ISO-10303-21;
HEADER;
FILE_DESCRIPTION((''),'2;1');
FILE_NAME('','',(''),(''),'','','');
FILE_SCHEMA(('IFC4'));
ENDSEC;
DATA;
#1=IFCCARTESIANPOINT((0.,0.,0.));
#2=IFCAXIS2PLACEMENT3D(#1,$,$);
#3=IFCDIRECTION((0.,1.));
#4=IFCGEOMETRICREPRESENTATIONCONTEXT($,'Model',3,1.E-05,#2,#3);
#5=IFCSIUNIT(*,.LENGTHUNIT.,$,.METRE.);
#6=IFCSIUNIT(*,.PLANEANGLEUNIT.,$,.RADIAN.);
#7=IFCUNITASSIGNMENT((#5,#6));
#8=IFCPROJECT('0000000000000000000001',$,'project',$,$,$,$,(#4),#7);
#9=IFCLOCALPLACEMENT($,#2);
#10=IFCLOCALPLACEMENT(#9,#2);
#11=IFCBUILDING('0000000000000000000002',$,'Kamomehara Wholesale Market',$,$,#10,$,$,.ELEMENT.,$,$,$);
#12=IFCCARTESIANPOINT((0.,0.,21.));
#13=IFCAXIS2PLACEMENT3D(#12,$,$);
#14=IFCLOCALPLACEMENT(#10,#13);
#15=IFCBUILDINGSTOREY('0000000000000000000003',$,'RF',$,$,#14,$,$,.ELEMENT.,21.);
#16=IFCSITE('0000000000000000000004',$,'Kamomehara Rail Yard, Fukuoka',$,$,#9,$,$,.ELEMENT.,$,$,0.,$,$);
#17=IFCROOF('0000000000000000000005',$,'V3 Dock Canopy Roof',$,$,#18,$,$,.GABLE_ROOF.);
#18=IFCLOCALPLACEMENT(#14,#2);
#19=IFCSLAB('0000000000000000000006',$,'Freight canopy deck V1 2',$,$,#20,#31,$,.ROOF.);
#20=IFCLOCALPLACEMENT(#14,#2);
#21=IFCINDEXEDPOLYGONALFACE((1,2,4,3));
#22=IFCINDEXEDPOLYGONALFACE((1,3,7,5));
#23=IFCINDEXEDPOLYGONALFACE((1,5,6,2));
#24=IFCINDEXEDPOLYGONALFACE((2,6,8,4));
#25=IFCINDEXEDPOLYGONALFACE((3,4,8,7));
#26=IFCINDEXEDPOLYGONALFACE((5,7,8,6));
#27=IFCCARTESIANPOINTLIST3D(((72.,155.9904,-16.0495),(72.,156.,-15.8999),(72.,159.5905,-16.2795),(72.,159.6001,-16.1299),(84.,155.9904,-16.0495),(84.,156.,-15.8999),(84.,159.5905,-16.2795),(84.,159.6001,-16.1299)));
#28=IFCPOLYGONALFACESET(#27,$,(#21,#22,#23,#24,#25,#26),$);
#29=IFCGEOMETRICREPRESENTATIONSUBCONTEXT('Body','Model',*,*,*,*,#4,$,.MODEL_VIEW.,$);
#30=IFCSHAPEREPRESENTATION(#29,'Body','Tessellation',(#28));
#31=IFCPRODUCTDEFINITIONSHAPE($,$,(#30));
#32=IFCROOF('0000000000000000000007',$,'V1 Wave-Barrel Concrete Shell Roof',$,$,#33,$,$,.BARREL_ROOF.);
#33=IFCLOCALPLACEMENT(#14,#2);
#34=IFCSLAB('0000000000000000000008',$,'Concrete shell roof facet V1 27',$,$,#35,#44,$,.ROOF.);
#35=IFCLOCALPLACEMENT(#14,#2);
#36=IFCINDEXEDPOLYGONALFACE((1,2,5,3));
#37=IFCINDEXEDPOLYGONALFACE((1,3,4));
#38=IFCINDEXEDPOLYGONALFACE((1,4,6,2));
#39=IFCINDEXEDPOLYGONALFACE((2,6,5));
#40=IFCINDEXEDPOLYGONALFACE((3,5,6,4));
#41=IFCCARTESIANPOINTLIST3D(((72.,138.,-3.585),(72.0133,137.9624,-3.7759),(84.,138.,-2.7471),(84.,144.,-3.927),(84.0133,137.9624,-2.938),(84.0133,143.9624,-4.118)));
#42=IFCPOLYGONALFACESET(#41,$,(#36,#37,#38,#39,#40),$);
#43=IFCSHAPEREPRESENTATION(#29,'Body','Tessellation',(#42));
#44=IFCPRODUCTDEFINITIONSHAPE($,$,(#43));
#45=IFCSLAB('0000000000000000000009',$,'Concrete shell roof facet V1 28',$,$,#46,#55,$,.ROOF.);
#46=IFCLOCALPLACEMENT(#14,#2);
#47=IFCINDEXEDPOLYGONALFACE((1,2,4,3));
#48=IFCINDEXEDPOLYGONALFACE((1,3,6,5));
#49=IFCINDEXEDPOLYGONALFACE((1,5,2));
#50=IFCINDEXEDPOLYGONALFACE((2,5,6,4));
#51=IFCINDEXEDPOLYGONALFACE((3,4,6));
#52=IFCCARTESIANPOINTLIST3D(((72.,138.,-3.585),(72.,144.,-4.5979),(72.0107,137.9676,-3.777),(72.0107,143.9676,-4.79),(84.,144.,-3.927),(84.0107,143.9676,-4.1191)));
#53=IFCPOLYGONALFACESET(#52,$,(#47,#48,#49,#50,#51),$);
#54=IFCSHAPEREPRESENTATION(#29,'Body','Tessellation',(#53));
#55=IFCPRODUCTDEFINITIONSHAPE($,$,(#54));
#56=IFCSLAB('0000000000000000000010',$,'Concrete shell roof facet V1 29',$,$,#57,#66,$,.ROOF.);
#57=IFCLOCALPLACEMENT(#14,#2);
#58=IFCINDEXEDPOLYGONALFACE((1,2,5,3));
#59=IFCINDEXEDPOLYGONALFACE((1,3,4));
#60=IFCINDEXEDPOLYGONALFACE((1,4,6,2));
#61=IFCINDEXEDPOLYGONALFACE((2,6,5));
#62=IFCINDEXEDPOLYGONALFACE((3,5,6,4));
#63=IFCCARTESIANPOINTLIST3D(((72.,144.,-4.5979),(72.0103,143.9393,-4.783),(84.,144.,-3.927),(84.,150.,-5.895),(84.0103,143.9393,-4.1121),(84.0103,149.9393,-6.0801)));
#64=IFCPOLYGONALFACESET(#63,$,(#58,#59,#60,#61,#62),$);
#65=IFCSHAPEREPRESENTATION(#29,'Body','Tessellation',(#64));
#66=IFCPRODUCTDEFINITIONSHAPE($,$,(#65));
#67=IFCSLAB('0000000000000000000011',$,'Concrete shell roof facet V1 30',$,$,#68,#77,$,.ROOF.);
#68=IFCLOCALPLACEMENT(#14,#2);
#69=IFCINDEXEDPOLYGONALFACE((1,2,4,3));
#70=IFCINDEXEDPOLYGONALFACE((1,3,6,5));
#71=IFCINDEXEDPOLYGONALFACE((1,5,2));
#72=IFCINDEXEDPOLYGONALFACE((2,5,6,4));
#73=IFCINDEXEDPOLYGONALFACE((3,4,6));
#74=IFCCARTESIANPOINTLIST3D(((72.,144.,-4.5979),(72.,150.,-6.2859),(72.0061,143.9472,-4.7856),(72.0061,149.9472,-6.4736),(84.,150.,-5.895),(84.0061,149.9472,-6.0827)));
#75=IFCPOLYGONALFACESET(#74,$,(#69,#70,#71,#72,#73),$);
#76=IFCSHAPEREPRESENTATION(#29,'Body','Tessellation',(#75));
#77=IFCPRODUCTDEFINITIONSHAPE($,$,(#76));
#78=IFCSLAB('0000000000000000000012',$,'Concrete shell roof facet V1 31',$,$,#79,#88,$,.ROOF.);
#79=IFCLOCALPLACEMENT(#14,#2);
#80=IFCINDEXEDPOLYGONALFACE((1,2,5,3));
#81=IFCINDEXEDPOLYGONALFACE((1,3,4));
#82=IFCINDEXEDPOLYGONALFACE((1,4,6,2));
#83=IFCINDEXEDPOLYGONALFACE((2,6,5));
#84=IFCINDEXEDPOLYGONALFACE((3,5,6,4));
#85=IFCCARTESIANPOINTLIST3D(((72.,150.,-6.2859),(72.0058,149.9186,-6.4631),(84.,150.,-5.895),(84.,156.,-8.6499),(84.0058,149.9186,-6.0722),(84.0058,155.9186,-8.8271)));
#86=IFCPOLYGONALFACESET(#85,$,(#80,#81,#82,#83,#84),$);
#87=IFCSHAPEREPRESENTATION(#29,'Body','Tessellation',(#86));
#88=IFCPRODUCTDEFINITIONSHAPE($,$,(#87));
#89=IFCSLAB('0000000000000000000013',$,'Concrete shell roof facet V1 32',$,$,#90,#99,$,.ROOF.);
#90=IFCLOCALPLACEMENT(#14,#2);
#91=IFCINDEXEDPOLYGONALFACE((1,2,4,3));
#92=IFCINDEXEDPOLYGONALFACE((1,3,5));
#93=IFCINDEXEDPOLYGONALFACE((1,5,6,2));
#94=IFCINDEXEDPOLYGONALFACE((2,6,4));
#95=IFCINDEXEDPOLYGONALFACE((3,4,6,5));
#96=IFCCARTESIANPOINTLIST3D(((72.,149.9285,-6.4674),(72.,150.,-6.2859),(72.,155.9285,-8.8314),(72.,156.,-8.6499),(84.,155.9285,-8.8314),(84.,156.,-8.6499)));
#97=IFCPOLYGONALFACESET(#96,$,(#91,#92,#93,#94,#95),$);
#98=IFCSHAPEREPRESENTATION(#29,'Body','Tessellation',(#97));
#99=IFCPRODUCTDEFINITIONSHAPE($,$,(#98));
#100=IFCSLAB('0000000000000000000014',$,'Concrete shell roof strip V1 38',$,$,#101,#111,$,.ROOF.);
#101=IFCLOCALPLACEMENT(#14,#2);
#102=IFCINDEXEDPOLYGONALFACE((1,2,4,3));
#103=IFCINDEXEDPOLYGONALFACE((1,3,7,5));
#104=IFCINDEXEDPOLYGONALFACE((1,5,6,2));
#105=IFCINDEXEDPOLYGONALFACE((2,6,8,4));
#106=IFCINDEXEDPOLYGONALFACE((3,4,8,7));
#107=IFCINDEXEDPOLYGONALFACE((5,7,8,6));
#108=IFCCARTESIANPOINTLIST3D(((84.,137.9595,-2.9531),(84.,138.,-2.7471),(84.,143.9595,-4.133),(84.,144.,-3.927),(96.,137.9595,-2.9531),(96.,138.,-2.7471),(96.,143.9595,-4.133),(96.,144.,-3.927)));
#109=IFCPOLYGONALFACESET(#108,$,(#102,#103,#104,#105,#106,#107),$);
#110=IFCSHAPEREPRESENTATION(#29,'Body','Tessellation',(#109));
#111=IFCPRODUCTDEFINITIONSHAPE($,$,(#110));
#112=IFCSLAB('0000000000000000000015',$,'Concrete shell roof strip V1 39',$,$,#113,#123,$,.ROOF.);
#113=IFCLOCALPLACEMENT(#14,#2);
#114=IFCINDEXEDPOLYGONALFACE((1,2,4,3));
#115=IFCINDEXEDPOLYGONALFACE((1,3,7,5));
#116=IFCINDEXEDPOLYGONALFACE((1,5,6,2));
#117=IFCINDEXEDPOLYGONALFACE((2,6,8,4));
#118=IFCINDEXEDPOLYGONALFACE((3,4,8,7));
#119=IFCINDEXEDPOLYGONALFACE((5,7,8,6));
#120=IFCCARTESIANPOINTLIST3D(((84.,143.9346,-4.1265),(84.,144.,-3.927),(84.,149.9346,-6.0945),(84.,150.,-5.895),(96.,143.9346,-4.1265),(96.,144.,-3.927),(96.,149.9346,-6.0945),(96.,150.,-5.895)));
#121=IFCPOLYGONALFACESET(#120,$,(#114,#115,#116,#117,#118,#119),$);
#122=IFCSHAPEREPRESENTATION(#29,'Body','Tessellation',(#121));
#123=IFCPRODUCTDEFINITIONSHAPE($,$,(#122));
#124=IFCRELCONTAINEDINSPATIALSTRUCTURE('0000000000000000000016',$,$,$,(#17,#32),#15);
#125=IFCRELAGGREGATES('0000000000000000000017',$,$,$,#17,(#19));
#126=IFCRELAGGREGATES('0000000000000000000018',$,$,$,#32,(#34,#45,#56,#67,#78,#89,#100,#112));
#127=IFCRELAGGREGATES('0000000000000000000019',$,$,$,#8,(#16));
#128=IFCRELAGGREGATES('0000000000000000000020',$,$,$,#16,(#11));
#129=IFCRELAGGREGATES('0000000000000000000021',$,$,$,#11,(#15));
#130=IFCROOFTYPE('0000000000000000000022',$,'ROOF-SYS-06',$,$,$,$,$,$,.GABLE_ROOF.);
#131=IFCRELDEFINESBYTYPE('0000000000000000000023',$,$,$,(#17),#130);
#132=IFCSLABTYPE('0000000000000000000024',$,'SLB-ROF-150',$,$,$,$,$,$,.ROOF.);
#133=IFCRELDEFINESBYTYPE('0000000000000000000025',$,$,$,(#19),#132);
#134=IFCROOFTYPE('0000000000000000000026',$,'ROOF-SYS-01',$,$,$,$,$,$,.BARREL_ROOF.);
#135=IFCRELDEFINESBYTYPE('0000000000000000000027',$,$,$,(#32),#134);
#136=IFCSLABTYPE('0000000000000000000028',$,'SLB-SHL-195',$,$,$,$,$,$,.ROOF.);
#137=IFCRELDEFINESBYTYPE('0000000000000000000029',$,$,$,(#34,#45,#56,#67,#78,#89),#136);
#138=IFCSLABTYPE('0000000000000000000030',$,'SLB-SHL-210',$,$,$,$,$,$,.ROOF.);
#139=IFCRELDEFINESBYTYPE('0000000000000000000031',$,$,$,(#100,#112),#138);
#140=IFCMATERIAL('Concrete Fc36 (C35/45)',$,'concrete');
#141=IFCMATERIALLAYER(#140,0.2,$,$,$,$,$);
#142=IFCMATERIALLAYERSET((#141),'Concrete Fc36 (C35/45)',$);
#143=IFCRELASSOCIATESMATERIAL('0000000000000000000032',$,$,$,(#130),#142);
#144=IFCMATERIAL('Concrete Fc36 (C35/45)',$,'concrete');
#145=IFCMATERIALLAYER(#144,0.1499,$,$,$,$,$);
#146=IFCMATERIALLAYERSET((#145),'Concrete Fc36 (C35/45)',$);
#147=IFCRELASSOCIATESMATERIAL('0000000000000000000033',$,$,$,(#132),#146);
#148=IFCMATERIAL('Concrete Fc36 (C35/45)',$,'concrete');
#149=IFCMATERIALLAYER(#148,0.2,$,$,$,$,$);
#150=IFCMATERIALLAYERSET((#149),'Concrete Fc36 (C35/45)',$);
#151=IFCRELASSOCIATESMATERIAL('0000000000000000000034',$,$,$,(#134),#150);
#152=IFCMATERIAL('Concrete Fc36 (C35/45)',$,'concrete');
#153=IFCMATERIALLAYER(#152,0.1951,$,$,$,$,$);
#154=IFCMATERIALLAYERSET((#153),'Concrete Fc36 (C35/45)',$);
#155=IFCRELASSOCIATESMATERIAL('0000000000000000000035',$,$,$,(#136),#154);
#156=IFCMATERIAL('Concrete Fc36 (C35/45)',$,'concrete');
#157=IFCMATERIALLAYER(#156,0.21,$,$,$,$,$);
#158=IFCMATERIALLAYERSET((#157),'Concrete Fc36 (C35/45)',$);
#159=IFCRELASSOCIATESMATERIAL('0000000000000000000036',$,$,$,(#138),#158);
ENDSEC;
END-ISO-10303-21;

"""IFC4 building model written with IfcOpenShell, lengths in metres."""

from ifc_helpers import new_model, si_unit, direction, frame, origin, place, context, subcontext, project, spatial, polyline, outline, extrude, material, layer, layer_set, type_object, element, aggregate, save


model = new_model("IFC4")

# Units and contexts
model_context = context("Model", 3, precision=1e-05, world=origin(), true_north=direction((0.0, 1.0)))
body_context = subcontext(model_context, "Body", "Model", "MODEL_VIEW")
ifc_project = project(units=[si_unit("LENGTHUNIT", "METRE"), si_unit("PLANEANGLEUNIT", "RADIAN")], contexts=[model_context])

# Site, building, storey
site_placement = place(None, origin())
site = spatial("IfcSite", under=ifc_project, at=site_placement, Name="Kamomehara Rail Yard, Fukuoka", CompositionType="ELEMENT", RefElevation=0.0)
building_placement = place(site_placement, origin())
building = spatial("IfcBuilding", under=site, at=building_placement, Name="Kamomehara Wholesale Market", CompositionType="ELEMENT")
storey_placement = place(building_placement, frame((0.0, 0.0, 21.0)))
storey = spatial("IfcBuildingStorey", under=building, at=storey_placement, Name="RF", CompositionType="ELEMENT", Elevation=21.0)

# Roof, slab
ifc_material_1 = material(Name="Concrete Fc36 (C35/45)", Category="concrete")
ifc_layer_1 = layer(ifc_material_1, 0.2)
ifc_layer_set_1 = layer_set([ifc_layer_1], Name="Concrete Fc36 (C35/45)")
roof_type_1 = type_object("IfcRoofType", Name="ROOF-SYS-06", PredefinedType="GABLE_ROOF", material=ifc_layer_set_1)
roof_1_placement = place(storey_placement, origin())
roof_1 = element("IfcRoof", 1, at=roof_1_placement, inside=storey, type_object=roof_type_1, Name="V3 Dock Canopy Roof", PredefinedType="GABLE_ROOF")
ifc_material_2 = material(Name="Concrete Fc36 (C35/45)", Category="concrete")
ifc_layer_2 = layer(ifc_material_2, 0.1499)
ifc_layer_set_2 = layer_set([ifc_layer_2], Name="Concrete Fc36 (C35/45)")
slab_type_1 = type_object("IfcSlabType", Name="SLB-ROF-150", PredefinedType="ROOF", material=ifc_layer_set_2)
slab_1_placement = place(storey_placement, frame((72.0, 156.0, -15.8999), z_axis=(0.0, 0.063752, 0.997966), x_axis=(1.0, 0.0, 0.0)))
slab_1 = element("IfcSlab", 2, at=slab_1_placement, type_object=slab_type_1, Name="Freight canopy deck V1 2", PredefinedType="ROOF", context=body_context, shape_type="SweptSolid", body=[
    extrude(outline(polyline([(0.0, 0.0), (12.0, 0.0), (12.0, 3.6074), (0.0, 3.6074), (0.0, 0.0)])), origin(), (0.0, 0.0, -1.0), 0.1499),
])
aggregate(roof_1, [slab_1])

# Roof, slabs
ifc_material_3 = material(Name="Concrete Fc36 (C35/45)", Category="concrete")
ifc_layer_3 = layer(ifc_material_3, 0.2)
ifc_layer_set_3 = layer_set([ifc_layer_3], Name="Concrete Fc36 (C35/45)")
roof_type_2 = type_object("IfcRoofType", Name="ROOF-SYS-01", PredefinedType="BARREL_ROOF", material=ifc_layer_set_3)
roof_2_placement = place(storey_placement, origin())
roof_2 = element("IfcRoof", 3, at=roof_2_placement, inside=storey, type_object=roof_type_2, Name="V1 Wave-Barrel Concrete Shell Roof", PredefinedType="BARREL_ROOF")
ifc_material_4 = material(Name="Concrete Fc36 (C35/45)", Category="concrete")
ifc_layer_4 = layer(ifc_material_4, 0.1951)
ifc_layer_set_4 = layer_set([ifc_layer_4], Name="Concrete Fc36 (C35/45)")
slab_type_2 = type_object("IfcSlabType", Name="SLB-SHL-195", PredefinedType="ROOF", material=ifc_layer_set_4)
slab_2_placement = place(storey_placement, frame((72.0, 138.0, -3.585), z_axis=(-0.068352, 0.192508, 0.978912), x_axis=(0.997571, 0.0, 0.069655)))
slab_2 = element("IfcSlab", 4, at=slab_2_placement, type_object=slab_type_2, Name="Concrete shell roof facet V1 27", PredefinedType="ROOF", context=body_context, shape_type="SweptSolid", body=[
    extrude(outline(polyline([(0.0, 0.0), (12.0292, 0.0), (11.947, 6.1144), (0.0, 0.0)])), origin(), (0.0, 0.0, -1.0), 0.1951),
])
slab_3_placement = place(storey_placement, frame((72.0, 138.0, -3.585), z_axis=(-0.055045, 0.166215, 0.984552), x_axis=(0.894137, 0.447068, -0.025486)))
slab_3 = element("IfcSlab", 5, at=slab_3_placement, type_object=slab_type_2, Name="Concrete shell roof facet V1 28", PredefinedType="ROOF", context=body_context, shape_type="SweptSolid", body=[
    extrude(outline(polyline([(0.0, 0.0), (13.4208, 0.0), (2.7082, 5.449), (0.0, 0.0)])), origin(), (0.0, 0.0, -1.0), 0.1951),
])
slab_4_placement = place(storey_placement, frame((72.0, 144.0, -4.5979), z_axis=(-0.053049, 0.311227, 0.948854), x_axis=(0.998441, 0.0, 0.055821)))
slab_4 = element("IfcSlab", 6, at=slab_4_placement, type_object=slab_type_2, Name="Concrete shell roof facet V1 29", PredefinedType="ROOF", context=body_context, shape_type="SweptSolid", body=[
    extrude(outline(polyline([(0.0, 0.0), (12.0187, 0.0), (11.9089, 6.3136), (0.0, 0.0)])), origin(), (0.0, 0.0, -1.0), 0.1951),
])
slab_5_placement = place(storey_placement, frame((72.0, 144.0, -4.5979), z_axis=(-0.03134, 0.270685, 0.962158), x_axis=(0.890276, 0.445138, -0.096233)))
slab_5 = element("IfcSlab", 7, at=slab_5_placement, type_object=slab_type_2, Name="Concrete shell roof facet V1 30", PredefinedType="ROOF", context=body_context, shape_type="SweptSolid", body=[
    extrude(outline(polyline([(0.0, 0.0), (13.479, 0.0), (2.8333, 5.5517), (0.0, 0.0)])), origin(), (0.0, 0.0, -1.0), 0.1951),
])
slab_6_placement = place(storey_placement, frame((72.0, 150.0, -6.2859), z_axis=(-0.029588, 0.417083, 0.908387), x_axis=(0.99947, 0.0, 0.032555)))
slab_6 = element("IfcSlab", 8, at=slab_6_placement, type_object=slab_type_2, Name="Concrete shell roof facet V1 31", PredefinedType="ROOF", context=body_context, shape_type="SweptSolid", body=[
    extrude(outline(polyline([(0.0, 0.0), (12.0064, 0.0), (11.9167, 6.6016), (0.0, 0.0)])), origin(), (0.0, 0.0, -1.0), 0.1951),
])
slab_7_placement = place(storey_placement, frame((72.0, 150.0, -6.2859), z_axis=(0.0, 0.366575, 0.930388), x_axis=(0.880857, 0.440429, -0.17353)))
slab_7 = element("IfcSlab", 9, at=slab_7_placement, type_object=slab_type_2, Name="Concrete shell roof facet V1 32", PredefinedType="ROOF", context=body_context, shape_type="SweptSolid", body=[
    extrude(outline(polyline([(0.0, 0.0), (13.6231, 0.0), (3.0528, 5.6806), (0.0, 0.0)])), origin(), (0.0, 0.0, -1.0), 0.1951),
])
ifc_material_5 = material(Name="Concrete Fc36 (C35/45)", Category="concrete")
ifc_layer_5 = layer(ifc_material_5, 0.21)
ifc_layer_set_5 = layer_set([ifc_layer_5], Name="Concrete Fc36 (C35/45)")
slab_type_3 = type_object("IfcSlabType", Name="SLB-SHL-210", PredefinedType="ROOF", material=ifc_layer_set_5)
slab_8_placement = place(storey_placement, frame((84.0, 138.0, -2.7471), z_axis=(0.0, 0.192959, 0.981207), x_axis=(1.0, 0.0, 0.0)))
slab_8 = element("IfcSlab", 10, at=slab_8_placement, type_object=slab_type_3, Name="Concrete shell roof strip V1 38", PredefinedType="ROOF", context=body_context, shape_type="SweptSolid", body=[
    extrude(outline(polyline([(0.0, 0.0), (12.0, 0.0), (12.0, 6.1149), (0.0, 6.1149), (0.0, 0.0)])), origin(), (0.0, 0.0, -1.0), 0.21),
])
slab_9_placement = place(storey_placement, frame((84.0, 144.0, -3.927), z_axis=(0.0, 0.311666, 0.950192), x_axis=(1.0, 0.0, 0.0)))
slab_9 = element("IfcSlab", 11, at=slab_9_placement, type_object=slab_type_3, Name="Concrete shell roof strip V1 39", PredefinedType="ROOF", context=body_context, shape_type="SweptSolid", body=[
    extrude(outline(polyline([(0.0, 0.0), (12.0, 0.0), (12.0, 6.3145), (0.0, 6.3145), (0.0, 0.0)])), origin(), (0.0, 0.0, -1.0), 0.21),
])
aggregate(roof_2, [slab_2, slab_3, slab_4, slab_5, slab_6, slab_7, slab_8, slab_9])

save(model, "model.ifc")
